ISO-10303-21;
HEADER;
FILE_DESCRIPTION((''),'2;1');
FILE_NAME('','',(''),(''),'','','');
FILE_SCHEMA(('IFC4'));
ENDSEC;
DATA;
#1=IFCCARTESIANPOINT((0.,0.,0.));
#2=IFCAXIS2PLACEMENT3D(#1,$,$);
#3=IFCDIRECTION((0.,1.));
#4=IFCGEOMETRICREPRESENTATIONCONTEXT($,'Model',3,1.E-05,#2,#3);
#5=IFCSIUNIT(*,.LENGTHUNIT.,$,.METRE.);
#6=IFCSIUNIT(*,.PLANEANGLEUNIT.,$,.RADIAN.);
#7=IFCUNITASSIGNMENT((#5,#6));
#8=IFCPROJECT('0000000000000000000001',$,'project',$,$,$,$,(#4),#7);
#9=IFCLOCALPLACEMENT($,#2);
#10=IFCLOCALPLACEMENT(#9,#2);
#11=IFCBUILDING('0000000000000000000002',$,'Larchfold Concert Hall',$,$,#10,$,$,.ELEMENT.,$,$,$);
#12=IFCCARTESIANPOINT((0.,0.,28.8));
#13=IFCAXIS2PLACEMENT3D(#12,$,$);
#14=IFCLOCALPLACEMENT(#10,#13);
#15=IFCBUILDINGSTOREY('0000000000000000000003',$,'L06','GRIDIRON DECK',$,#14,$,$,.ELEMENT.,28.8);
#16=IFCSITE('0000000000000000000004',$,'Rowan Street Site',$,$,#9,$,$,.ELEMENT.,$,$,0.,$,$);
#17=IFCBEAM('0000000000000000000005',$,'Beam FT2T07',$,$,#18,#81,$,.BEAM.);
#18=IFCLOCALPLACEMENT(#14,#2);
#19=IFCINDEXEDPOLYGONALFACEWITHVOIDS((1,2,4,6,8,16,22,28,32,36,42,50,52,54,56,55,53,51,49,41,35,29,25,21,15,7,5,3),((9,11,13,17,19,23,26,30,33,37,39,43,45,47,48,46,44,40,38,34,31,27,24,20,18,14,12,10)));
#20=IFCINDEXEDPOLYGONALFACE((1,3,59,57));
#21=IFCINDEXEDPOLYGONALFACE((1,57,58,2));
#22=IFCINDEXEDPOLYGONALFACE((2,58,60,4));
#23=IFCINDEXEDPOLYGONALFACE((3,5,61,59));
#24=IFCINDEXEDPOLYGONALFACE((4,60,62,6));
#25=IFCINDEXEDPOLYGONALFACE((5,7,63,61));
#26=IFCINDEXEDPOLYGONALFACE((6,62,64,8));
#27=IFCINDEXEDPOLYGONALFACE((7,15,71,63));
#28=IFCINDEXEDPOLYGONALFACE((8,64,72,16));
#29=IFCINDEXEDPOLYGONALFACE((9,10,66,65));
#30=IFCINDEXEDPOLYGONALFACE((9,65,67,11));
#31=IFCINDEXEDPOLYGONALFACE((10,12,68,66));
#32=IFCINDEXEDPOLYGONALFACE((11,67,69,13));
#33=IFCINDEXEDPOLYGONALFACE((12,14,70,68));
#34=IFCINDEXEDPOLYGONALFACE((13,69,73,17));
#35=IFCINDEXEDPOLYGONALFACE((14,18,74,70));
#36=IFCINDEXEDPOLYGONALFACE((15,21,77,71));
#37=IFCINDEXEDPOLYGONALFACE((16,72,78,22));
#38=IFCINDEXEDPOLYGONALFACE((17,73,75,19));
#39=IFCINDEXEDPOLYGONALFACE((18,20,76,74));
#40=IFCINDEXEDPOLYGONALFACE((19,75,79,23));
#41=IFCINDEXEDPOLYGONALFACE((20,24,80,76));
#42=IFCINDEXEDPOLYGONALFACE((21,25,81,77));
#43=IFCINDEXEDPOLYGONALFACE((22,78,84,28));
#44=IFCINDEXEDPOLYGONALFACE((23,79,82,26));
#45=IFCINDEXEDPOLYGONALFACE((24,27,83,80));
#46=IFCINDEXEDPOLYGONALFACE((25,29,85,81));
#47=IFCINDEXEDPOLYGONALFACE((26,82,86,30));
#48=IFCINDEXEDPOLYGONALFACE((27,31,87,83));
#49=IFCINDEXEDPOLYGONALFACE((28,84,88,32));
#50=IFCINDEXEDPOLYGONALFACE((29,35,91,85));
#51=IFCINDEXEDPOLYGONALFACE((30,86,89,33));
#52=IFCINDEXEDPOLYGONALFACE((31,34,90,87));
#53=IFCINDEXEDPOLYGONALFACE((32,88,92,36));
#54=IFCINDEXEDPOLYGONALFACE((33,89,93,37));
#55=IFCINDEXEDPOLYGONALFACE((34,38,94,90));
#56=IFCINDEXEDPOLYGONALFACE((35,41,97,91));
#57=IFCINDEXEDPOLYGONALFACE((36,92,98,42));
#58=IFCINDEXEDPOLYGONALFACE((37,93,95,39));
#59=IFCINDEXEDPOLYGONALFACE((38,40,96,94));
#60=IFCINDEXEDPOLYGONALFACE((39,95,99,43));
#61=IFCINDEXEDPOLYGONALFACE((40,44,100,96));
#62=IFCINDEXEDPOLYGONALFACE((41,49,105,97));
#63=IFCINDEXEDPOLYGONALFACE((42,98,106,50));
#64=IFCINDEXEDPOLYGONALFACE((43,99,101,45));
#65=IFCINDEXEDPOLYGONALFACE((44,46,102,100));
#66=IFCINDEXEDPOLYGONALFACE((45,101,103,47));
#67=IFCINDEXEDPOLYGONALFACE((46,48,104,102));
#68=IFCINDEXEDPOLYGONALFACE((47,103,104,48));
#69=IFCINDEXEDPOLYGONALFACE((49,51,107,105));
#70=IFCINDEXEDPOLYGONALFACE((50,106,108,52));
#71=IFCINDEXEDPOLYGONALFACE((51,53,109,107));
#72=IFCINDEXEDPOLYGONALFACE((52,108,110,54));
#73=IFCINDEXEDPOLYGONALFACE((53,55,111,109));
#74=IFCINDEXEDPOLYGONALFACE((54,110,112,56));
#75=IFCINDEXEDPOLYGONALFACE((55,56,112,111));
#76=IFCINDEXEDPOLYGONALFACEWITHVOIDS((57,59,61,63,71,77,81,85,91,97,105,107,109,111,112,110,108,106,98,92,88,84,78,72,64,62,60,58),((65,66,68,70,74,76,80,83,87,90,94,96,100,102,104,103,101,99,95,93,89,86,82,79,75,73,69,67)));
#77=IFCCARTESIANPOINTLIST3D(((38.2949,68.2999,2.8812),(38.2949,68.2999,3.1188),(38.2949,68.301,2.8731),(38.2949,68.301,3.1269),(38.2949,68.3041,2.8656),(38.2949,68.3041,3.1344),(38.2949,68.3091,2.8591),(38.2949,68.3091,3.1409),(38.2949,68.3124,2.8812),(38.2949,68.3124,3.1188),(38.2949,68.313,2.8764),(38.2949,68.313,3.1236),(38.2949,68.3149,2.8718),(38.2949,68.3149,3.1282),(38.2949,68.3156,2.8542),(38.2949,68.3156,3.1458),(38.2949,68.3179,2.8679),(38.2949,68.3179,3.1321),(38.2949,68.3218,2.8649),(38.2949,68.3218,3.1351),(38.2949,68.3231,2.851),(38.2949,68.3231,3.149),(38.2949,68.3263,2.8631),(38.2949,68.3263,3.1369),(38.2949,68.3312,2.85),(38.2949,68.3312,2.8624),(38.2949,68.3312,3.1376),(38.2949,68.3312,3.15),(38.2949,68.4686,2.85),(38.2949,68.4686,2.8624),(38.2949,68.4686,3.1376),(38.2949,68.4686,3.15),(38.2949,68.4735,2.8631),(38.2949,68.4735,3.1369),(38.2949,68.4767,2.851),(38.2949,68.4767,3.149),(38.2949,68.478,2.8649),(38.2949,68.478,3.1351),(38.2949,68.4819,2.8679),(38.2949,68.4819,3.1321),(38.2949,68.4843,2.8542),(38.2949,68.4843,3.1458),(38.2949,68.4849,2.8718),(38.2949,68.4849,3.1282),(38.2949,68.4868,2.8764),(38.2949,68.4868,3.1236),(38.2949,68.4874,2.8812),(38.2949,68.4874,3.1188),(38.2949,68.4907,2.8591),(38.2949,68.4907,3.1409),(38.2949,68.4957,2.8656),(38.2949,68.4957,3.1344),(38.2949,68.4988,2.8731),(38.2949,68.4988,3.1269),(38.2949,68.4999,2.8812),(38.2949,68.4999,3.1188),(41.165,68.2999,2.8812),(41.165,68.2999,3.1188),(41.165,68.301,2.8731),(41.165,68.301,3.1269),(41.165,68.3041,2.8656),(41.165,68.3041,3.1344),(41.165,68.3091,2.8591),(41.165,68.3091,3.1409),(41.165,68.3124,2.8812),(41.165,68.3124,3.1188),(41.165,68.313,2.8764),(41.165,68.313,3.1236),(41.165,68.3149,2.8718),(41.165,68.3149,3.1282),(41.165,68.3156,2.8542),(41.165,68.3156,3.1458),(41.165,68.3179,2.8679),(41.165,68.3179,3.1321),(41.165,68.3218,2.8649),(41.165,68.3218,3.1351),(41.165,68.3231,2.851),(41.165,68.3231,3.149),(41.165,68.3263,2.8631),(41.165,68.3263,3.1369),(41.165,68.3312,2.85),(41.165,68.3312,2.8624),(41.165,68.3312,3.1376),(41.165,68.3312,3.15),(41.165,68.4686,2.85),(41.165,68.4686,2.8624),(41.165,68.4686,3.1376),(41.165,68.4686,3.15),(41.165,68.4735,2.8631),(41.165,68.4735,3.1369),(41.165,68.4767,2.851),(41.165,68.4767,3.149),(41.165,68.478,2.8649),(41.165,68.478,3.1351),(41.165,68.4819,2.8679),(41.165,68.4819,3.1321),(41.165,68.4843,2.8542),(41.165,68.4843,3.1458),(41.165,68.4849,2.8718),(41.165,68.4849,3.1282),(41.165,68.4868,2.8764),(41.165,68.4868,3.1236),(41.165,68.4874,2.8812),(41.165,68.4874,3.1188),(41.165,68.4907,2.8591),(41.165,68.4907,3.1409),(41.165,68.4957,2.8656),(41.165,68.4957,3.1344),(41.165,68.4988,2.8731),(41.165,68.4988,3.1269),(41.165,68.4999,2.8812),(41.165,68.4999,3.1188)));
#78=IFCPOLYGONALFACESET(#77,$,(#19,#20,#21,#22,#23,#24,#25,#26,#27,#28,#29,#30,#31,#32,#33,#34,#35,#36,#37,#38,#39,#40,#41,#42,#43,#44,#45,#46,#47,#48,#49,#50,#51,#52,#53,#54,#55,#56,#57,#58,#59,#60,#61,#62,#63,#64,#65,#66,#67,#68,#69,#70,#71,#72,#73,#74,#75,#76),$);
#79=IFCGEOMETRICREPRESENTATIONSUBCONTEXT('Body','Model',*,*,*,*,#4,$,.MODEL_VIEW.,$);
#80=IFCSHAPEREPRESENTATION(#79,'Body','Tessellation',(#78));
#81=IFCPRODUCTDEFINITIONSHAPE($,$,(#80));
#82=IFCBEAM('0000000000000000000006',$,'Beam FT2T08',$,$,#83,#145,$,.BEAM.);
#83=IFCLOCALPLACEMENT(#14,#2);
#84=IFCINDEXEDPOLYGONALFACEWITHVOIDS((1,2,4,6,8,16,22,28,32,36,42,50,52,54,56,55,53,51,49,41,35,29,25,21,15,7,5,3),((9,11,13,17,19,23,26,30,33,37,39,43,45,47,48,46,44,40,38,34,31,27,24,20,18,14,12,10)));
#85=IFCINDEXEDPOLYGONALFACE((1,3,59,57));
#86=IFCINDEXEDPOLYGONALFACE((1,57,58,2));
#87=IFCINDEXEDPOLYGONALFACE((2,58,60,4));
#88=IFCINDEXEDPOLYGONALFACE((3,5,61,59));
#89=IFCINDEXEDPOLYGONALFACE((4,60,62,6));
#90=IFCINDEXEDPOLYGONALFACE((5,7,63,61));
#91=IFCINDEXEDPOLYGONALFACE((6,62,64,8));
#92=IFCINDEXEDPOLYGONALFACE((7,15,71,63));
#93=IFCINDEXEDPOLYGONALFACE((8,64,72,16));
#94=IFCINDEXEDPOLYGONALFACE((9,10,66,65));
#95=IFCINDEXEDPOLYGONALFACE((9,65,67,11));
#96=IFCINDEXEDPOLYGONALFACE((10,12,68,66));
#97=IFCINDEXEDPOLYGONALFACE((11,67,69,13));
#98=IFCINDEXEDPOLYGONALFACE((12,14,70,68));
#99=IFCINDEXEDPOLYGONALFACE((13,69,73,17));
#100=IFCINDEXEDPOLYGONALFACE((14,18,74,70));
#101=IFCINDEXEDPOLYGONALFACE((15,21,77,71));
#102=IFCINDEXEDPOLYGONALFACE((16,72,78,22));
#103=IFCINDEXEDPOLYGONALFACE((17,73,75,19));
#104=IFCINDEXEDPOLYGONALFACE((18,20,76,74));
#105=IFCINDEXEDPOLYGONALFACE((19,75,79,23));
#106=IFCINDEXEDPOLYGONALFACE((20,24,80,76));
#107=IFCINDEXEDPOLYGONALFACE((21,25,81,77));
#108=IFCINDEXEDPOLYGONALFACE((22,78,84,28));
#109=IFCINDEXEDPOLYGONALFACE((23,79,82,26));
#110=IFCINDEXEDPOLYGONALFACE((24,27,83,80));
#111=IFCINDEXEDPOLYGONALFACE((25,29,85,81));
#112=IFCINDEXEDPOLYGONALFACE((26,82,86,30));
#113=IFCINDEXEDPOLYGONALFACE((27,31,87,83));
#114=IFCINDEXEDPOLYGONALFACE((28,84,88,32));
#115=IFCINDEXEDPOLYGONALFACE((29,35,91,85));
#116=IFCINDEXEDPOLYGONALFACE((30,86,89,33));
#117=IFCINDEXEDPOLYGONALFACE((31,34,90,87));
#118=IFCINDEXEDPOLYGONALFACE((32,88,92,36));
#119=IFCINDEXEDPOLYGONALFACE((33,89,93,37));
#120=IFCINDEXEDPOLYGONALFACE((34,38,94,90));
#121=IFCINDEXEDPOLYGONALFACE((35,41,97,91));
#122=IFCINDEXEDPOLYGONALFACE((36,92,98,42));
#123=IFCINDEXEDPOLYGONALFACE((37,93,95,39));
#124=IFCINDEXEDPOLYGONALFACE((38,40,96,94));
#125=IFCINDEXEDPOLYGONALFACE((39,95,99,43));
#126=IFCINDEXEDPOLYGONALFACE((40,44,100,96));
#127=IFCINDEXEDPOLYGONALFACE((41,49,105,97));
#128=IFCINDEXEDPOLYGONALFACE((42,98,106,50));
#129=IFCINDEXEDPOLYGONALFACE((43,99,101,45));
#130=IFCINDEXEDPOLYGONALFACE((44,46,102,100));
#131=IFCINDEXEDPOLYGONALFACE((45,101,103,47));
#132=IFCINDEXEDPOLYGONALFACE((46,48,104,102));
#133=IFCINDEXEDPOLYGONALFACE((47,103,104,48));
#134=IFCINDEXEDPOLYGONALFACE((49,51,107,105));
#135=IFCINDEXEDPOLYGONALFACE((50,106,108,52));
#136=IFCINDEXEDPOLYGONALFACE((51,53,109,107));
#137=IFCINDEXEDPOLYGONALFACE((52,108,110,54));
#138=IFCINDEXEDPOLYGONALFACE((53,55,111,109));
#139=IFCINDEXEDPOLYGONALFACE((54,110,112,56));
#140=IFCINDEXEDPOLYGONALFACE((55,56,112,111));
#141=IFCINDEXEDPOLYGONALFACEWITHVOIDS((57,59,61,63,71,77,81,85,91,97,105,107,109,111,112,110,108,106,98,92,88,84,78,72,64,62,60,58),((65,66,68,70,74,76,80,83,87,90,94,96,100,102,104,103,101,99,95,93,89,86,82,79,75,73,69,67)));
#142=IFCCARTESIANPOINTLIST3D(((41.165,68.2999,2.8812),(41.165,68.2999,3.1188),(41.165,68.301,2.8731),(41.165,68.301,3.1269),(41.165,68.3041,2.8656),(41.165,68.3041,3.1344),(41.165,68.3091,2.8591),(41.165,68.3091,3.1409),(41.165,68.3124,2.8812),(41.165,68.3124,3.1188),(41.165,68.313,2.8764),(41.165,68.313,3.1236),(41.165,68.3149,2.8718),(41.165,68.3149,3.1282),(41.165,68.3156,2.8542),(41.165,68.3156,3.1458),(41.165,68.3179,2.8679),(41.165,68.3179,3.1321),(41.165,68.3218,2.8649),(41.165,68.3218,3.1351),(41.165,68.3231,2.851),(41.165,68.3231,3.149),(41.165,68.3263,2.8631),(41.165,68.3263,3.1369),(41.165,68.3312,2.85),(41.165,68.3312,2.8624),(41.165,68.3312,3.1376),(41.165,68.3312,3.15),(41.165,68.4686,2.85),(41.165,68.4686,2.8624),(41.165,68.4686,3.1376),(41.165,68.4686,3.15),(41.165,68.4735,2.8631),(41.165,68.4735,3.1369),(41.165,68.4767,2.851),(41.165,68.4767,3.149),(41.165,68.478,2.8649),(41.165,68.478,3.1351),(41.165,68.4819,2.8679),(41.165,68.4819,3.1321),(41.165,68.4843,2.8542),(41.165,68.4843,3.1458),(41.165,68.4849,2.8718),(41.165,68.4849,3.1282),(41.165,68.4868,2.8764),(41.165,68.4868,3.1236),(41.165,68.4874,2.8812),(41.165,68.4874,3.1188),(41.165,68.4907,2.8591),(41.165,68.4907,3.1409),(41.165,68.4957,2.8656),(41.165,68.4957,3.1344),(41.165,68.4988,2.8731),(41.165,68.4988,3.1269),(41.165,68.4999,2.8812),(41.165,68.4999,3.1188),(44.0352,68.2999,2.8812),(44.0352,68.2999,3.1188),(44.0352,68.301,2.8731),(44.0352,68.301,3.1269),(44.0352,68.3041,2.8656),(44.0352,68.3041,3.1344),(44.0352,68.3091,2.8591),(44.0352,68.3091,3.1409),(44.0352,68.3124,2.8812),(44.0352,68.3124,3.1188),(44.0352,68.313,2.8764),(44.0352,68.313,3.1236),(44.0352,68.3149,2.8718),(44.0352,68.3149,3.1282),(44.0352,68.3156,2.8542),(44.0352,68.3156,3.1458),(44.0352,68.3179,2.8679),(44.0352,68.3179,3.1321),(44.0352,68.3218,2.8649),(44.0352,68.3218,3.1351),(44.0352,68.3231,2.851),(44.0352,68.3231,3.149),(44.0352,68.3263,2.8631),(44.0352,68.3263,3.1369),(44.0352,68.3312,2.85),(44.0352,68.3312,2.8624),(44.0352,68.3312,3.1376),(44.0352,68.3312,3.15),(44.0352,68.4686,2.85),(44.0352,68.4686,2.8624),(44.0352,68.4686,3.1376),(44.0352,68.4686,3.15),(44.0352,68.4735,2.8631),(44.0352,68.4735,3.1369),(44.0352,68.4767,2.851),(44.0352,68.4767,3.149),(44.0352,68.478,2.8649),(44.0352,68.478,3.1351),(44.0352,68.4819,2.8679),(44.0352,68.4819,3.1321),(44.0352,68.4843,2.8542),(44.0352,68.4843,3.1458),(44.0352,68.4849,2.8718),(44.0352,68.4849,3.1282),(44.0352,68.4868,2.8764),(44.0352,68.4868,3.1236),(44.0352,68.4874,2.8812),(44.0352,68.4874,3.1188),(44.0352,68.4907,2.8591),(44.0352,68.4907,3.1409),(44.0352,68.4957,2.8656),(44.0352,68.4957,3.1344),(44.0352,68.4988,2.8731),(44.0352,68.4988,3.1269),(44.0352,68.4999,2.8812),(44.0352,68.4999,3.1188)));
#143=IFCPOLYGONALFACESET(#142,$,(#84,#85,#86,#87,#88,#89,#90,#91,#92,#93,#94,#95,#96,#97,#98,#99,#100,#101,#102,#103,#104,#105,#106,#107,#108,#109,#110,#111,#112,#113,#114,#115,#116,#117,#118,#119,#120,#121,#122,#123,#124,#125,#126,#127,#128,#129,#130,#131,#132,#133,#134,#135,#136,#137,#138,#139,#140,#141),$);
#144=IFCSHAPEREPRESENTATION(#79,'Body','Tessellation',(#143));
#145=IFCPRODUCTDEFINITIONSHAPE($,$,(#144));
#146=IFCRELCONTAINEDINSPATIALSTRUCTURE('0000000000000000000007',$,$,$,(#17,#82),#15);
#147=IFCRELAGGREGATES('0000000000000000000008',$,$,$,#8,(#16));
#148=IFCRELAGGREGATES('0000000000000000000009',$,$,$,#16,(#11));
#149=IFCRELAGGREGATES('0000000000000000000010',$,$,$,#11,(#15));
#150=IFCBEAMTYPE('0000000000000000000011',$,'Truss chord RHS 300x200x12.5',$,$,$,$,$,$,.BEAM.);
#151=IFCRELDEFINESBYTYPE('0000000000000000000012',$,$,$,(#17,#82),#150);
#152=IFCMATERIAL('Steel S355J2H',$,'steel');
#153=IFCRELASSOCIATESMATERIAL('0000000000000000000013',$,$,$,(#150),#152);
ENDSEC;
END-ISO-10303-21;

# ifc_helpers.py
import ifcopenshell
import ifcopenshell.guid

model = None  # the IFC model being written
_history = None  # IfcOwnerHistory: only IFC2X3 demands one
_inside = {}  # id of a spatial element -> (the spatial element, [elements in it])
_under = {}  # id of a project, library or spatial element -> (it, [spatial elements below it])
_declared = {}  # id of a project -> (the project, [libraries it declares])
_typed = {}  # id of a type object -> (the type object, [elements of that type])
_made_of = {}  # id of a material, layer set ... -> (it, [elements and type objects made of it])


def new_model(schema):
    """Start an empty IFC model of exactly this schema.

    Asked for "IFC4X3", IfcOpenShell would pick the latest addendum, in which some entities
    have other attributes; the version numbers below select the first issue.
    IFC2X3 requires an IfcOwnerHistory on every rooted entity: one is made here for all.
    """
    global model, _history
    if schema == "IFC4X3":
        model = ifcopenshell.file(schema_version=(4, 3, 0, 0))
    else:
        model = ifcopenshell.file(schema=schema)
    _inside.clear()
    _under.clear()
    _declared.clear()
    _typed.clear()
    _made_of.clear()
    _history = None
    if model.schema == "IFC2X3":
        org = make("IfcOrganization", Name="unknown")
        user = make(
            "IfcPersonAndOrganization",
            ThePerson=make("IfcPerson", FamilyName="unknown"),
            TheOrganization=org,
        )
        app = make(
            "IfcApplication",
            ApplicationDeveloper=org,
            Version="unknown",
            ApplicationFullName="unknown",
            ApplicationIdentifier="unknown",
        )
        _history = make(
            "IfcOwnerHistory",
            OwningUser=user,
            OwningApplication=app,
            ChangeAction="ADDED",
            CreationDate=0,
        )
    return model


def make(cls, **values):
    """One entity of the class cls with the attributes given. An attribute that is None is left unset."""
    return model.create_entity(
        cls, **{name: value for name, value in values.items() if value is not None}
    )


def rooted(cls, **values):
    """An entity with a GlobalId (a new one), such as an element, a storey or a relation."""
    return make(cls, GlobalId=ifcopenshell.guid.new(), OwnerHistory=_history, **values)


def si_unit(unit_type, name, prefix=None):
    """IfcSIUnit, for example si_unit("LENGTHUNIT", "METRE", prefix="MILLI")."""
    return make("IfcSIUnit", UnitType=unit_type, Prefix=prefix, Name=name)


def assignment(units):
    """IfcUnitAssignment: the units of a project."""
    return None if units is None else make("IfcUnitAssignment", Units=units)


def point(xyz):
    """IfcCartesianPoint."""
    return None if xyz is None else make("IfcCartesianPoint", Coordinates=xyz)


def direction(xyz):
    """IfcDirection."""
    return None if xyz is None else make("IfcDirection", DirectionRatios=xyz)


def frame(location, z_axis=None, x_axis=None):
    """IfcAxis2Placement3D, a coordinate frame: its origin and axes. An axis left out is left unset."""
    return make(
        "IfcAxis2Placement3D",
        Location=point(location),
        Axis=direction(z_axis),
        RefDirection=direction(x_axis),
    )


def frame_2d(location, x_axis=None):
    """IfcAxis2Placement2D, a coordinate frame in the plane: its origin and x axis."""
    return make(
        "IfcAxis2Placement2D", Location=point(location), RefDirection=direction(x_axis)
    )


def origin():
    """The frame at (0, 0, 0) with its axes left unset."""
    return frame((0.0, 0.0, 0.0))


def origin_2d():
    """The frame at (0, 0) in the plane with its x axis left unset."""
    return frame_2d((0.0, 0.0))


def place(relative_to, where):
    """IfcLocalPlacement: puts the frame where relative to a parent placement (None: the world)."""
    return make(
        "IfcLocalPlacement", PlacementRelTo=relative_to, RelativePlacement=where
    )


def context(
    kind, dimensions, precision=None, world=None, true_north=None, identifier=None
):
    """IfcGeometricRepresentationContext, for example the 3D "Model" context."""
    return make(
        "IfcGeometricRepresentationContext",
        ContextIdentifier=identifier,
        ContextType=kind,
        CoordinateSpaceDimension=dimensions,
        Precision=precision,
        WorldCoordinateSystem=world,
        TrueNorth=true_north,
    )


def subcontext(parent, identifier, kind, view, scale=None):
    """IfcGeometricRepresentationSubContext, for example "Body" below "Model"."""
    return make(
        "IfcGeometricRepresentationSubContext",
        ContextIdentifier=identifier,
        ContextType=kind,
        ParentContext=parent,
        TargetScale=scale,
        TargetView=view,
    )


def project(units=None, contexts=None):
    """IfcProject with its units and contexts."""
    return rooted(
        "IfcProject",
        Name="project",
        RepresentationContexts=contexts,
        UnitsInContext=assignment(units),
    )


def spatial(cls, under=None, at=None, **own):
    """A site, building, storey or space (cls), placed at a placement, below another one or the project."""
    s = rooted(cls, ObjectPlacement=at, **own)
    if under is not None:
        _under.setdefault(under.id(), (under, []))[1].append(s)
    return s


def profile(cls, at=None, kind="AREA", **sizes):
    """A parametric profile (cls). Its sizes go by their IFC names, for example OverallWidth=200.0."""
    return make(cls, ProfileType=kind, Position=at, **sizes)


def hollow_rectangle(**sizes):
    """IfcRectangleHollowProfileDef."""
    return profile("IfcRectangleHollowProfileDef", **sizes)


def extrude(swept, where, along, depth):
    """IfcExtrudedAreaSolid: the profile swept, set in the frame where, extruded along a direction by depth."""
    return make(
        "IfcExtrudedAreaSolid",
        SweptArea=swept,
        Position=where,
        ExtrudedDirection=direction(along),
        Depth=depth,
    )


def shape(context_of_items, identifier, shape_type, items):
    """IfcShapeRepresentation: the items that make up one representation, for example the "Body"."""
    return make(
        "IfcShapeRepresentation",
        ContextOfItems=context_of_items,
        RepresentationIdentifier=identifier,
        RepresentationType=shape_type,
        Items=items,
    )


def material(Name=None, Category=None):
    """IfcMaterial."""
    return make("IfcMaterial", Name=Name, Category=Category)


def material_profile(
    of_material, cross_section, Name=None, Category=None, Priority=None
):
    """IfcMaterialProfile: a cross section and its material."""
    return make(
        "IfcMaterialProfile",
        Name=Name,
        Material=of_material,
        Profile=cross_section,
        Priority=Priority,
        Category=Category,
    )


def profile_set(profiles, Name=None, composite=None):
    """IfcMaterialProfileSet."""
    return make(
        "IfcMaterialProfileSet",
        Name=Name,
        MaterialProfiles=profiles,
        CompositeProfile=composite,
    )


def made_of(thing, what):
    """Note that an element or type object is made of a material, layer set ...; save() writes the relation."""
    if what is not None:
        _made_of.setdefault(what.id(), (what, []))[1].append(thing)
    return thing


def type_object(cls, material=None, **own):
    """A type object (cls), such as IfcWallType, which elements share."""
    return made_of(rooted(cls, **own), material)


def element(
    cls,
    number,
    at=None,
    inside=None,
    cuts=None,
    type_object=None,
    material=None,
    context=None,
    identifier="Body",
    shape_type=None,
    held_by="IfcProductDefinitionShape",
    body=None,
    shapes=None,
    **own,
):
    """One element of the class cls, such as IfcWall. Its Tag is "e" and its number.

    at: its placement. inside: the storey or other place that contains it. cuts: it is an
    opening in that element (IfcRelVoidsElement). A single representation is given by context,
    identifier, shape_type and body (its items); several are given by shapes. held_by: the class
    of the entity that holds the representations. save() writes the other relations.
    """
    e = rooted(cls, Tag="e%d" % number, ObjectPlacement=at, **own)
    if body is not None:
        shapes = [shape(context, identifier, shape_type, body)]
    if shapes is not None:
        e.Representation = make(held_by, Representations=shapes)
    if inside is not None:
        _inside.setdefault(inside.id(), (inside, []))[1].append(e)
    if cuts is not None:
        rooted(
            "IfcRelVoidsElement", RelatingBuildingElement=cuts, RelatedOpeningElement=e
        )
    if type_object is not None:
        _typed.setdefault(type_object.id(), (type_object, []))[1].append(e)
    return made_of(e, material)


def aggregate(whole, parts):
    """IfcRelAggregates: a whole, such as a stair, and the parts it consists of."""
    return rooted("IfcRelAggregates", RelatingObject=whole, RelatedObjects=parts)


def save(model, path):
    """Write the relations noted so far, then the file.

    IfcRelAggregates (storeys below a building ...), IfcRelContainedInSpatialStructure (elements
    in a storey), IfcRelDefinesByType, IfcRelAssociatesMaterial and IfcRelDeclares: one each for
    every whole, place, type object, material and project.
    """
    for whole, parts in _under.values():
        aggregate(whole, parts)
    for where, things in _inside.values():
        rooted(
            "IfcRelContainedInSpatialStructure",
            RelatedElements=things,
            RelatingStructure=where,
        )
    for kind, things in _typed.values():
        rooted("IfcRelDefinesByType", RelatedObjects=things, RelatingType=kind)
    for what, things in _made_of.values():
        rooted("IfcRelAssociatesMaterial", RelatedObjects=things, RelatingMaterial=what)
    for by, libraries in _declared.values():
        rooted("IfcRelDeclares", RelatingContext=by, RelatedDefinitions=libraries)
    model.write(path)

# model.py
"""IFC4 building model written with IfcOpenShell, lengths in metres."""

from ifc_helpers import new_model, si_unit, direction, frame, origin, origin_2d, place, context, subcontext, project, spatial, hollow_rectangle, extrude, material, material_profile, profile_set, type_object, element, save


model = new_model("IFC4")

# Units and contexts
model_context = context("Model", 3, precision=1e-05, world=origin(), true_north=direction((0.0, 1.0)))
body_context = subcontext(model_context, "Body", "Model", "MODEL_VIEW")
ifc_project = project(units=[si_unit("LENGTHUNIT", "METRE"), si_unit("PLANEANGLEUNIT", "RADIAN")], contexts=[model_context])

# Site, building, storey
site_placement = place(None, origin())
site = spatial("IfcSite", under=ifc_project, at=site_placement, Name="Rowan Street Site", CompositionType="ELEMENT", RefElevation=0.0)
building_placement = place(site_placement, origin())
building = spatial("IfcBuilding", under=site, at=building_placement, Name="Larchfold Concert Hall", CompositionType="ELEMENT")
storey_placement = place(building_placement, frame((0.0, 0.0, 28.8)))
storey = spatial("IfcBuildingStorey", under=building, at=storey_placement, Name="L06", Description="GRIDIRON DECK", CompositionType="ELEMENT", Elevation=28.8)

# Beams
ifc_material_1 = material(Name="Steel S355J2H", Category="steel")
ifc_material_profile_1 = material_profile(ifc_material_1, hollow_rectangle(XDim=0.2, YDim=0.3, WallThickness=0.0125, InnerFilletRadius=0.0188, OuterFilletRadius=0.0312, at=origin_2d()))
ifc_profile_set_1 = profile_set([ifc_material_profile_1], Name="Steel S355J2H")
beam_type_1 = type_object("IfcBeamType", Name="Truss chord RHS 300x200x12.5", PredefinedType="BEAM", material=ifc_profile_set_1)
for number, where, z_axis, x_axis, name in (
    (1, (38.2949, 68.3999, 3.0), (1.0, 0.0, 0.0), (0.0, 1.0, 0.0), "Beam FT2T07"),
    (2, (41.165, 68.3999, 3.0), (1.0, 0.0, 0.0), (0.0, 1.0, 0.0), "Beam FT2T08"),
):
    element("IfcBeam", number, at=place(storey_placement, frame(where, z_axis=z_axis, x_axis=x_axis)), inside=storey, type_object=beam_type_1, Name=name, PredefinedType="BEAM", context=body_context, shape_type="SweptSolid", body=[
        extrude(hollow_rectangle(XDim=0.2, YDim=0.3, WallThickness=0.0125, InnerFilletRadius=0.0188, OuterFilletRadius=0.0312, at=origin_2d()), origin(), (0.0, 0.0, 1.0), 2.8701),
    ])

save(model, "model.ifc")
